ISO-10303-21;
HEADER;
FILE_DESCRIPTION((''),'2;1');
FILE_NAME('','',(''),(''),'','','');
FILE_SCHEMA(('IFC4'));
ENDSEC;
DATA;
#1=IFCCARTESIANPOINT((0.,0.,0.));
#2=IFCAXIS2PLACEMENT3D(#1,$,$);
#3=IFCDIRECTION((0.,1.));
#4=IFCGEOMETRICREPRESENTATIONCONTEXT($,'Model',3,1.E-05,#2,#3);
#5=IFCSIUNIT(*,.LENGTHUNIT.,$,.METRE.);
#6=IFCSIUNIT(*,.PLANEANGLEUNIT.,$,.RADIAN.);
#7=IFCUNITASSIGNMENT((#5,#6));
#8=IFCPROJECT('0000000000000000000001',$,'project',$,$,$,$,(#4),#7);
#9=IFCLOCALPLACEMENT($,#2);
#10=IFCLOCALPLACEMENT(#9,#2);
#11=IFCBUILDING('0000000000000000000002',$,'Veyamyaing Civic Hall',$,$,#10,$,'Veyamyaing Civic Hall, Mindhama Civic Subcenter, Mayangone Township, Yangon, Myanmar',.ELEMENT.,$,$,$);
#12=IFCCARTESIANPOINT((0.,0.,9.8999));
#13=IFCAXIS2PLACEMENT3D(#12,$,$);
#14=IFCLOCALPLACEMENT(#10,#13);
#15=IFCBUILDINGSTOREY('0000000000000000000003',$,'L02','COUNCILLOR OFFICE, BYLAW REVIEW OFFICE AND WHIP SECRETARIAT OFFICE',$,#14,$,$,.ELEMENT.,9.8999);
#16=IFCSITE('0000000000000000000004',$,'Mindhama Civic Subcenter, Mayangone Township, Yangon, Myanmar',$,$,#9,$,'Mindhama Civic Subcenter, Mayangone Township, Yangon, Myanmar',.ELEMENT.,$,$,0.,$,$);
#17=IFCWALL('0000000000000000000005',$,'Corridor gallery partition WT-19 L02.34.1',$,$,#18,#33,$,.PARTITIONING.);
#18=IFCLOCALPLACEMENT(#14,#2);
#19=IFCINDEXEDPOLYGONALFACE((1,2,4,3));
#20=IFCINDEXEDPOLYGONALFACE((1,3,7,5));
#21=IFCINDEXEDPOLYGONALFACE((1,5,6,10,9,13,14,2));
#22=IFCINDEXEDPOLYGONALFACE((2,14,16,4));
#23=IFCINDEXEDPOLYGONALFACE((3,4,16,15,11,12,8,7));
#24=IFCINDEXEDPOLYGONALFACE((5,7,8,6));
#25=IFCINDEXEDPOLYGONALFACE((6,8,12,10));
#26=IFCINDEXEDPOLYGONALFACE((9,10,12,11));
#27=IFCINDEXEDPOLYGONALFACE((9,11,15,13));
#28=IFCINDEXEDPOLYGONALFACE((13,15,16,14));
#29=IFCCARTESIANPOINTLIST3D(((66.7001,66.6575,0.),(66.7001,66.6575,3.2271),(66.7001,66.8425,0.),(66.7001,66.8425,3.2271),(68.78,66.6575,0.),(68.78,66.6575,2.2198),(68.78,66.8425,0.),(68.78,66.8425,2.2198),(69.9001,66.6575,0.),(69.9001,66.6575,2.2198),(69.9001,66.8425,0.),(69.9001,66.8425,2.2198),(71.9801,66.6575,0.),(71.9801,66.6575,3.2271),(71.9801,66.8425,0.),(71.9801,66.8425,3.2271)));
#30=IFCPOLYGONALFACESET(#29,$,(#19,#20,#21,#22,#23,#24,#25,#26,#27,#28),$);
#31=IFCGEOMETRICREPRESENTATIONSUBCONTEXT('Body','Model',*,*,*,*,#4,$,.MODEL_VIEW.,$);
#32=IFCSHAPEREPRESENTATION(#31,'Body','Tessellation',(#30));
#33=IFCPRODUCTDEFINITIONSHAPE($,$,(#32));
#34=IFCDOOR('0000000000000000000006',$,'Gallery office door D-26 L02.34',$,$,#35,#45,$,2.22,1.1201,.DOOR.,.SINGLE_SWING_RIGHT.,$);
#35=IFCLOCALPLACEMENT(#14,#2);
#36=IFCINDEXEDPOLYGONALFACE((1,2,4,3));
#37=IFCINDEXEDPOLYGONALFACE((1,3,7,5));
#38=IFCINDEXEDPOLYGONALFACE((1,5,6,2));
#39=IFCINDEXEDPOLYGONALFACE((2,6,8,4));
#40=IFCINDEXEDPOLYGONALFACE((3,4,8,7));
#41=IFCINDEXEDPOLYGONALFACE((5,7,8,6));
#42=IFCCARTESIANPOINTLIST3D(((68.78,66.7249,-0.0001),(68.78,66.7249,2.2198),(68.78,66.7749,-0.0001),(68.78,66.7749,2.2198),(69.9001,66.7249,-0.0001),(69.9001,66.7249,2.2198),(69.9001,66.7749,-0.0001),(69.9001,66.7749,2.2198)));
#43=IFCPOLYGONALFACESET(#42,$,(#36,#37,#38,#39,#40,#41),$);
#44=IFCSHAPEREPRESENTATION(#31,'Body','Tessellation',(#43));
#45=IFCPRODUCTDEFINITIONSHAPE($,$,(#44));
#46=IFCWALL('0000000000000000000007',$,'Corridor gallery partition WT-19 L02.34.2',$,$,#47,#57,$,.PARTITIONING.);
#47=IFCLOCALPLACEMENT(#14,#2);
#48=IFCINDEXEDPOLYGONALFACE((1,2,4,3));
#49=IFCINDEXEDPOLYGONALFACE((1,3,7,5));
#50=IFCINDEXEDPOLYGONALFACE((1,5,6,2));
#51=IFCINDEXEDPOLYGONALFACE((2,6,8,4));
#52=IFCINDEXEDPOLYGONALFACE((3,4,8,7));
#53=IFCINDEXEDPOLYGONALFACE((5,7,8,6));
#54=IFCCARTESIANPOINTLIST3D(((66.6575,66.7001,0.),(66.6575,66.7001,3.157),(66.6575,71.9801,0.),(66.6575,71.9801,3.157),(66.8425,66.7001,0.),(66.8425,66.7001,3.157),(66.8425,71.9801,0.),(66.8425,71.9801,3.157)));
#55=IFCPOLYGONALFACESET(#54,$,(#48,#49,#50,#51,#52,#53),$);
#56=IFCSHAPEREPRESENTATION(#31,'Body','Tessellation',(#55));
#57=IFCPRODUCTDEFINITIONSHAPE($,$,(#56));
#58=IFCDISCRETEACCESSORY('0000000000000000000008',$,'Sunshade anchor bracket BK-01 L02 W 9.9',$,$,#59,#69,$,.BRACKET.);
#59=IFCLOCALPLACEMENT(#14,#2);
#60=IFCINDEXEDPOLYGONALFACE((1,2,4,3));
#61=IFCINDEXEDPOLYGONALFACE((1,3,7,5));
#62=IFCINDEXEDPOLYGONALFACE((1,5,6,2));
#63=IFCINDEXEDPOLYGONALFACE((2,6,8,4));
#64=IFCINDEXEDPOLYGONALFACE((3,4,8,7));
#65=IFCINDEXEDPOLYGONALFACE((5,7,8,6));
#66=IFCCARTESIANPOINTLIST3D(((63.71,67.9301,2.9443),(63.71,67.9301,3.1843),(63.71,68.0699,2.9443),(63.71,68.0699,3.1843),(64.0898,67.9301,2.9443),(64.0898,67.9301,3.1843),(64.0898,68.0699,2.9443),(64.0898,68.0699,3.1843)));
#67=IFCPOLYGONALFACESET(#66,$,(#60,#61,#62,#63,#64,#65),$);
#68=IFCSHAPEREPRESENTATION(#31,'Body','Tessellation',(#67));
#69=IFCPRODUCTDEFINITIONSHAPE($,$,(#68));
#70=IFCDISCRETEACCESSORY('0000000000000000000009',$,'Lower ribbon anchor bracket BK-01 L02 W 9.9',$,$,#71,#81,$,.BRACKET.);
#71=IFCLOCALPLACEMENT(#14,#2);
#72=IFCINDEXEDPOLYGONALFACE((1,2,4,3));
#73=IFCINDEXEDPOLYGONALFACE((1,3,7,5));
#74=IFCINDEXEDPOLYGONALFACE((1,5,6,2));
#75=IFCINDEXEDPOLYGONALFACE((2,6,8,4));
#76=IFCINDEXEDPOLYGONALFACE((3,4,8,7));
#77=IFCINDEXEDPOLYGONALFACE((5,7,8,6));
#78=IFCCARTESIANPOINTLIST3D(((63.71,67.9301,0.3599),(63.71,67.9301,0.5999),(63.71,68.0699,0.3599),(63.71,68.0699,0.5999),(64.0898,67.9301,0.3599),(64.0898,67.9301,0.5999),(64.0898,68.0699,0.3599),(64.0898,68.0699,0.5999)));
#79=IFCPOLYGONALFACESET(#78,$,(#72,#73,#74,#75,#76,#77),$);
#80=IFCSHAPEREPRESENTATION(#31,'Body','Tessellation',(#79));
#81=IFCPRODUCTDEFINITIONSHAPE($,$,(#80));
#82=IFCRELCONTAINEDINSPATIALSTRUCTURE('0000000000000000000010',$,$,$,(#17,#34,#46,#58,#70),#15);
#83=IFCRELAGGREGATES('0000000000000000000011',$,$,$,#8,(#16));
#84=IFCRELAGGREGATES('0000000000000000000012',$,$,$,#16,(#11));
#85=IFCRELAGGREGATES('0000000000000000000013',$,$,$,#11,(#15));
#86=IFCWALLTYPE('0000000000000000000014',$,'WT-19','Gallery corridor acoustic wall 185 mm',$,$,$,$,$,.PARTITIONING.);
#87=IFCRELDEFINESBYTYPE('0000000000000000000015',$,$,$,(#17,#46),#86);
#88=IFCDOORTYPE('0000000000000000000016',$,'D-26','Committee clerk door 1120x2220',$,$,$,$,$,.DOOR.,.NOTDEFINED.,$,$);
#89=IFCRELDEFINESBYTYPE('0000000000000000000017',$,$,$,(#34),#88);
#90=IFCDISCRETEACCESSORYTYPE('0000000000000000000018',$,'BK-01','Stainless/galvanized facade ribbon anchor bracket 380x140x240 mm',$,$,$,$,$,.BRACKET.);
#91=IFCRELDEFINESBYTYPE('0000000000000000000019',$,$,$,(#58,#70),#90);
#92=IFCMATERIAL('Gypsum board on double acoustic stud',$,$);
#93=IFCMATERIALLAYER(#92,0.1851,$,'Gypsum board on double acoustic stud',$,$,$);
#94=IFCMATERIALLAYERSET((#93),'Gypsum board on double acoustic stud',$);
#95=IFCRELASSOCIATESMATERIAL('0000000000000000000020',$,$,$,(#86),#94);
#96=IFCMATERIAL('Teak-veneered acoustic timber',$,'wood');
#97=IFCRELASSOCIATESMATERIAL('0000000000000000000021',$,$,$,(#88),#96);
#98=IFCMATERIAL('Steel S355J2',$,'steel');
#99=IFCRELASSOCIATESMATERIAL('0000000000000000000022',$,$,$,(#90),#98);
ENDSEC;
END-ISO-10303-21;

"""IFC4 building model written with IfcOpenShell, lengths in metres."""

from ifc_helpers import new_model, si_unit, direction, frame, frame_2d, origin, origin_2d, place, context, subcontext, project, spatial, rectangle, extrude, material, layer, layer_set, type_object, element, fill, save


model = new_model("IFC4")

# Units and contexts
model_context = context("Model", 3, precision=1e-05, world=origin(), true_north=direction((0.0, 1.0)))
body_context = subcontext(model_context, "Body", "Model", "MODEL_VIEW")
ifc_project = project(units=[si_unit("LENGTHUNIT", "METRE"), si_unit("PLANEANGLEUNIT", "RADIAN")], contexts=[model_context])

# Site, building, storey
site_placement = place(None, origin())
site = spatial("IfcSite", under=ifc_project, at=site_placement, Name="Mindhama Civic Subcenter, Mayangone Township, Yangon, Myanmar", LongName="Mindhama Civic Subcenter, Mayangone Township, Yangon, Myanmar", CompositionType="ELEMENT", RefElevation=0.0)
building_placement = place(site_placement, origin())
building = spatial("IfcBuilding", under=site, at=building_placement, Name="Veyamyaing Civic Hall", LongName="Veyamyaing Civic Hall, Mindhama Civic Subcenter, Mayangone Township, Yangon, Myanmar", CompositionType="ELEMENT")
storey_placement = place(building_placement, frame((0.0, 0.0, 9.8999)))
storey = spatial("IfcBuildingStorey", under=building, at=storey_placement, Name="L02", Description="COUNCILLOR OFFICE, BYLAW REVIEW OFFICE AND WHIP SECRETARIAT OFFICE", CompositionType="ELEMENT", Elevation=9.8999)

# Shared definitions
ifc_material_1 = material(Name="Teak-veneered acoustic timber", Category="wood")

# Wall, opening, door
ifc_material_2 = material(Name="Gypsum board on double acoustic stud")
ifc_layer_1 = layer(ifc_material_2, 0.1851, Name="Gypsum board on double acoustic stud")
ifc_layer_set_1 = layer_set([ifc_layer_1], Name="Gypsum board on double acoustic stud")
wall_type_1 = type_object("IfcWallType", Name="WT-19", Description="Gallery corridor acoustic wall 185 mm", PredefinedType="PARTITIONING", material=ifc_layer_set_1)
wall_1_placement = place(storey_placement, frame((66.7, 66.75, 0.0), z_axis=(0.0, 0.0, 1.0), x_axis=(1.0, 0.0, 0.0)))
wall_1 = element("IfcWall", 1, at=wall_1_placement, inside=storey, type_object=wall_type_1, Name="Corridor gallery partition WT-19 L02.34.1", PredefinedType="PARTITIONING", context=body_context, shape_type="SweptSolid", body=[
    extrude(rectangle(XDim=5.28, YDim=0.1851, at=frame_2d((2.6401, 0.0))), origin(), (0.0, 0.0, 1.0), 3.2271),
])
opening_1_placement = place(wall_1_placement, frame((2.0801, 0.0, 0.0)))
opening_1 = element("IfcOpeningElement", 2, at=opening_1_placement, cuts=wall_1, PredefinedType="OPENING", context=body_context, shape_type="SweptSolid", body=[
    extrude(rectangle(XDim=1.1201, YDim=2.22, at=frame_2d((0.5601, 1.1099))), frame((0.0, 0.1025, 0.0), z_axis=(0.0, -1.0, 0.0), x_axis=(1.0, 0.0, 0.0)), (0.0, 0.0, 1.0), 0.2051),
])
door_type_1 = type_object("IfcDoorType", Name="D-26", Description="Committee clerk door 1120x2220", OperationType="NOTDEFINED", PredefinedType="DOOR", material=ifc_material_1)
door_1_placement = place(opening_1_placement, origin())
door_1 = element("IfcDoor", 3, at=door_1_placement, inside=storey, type_object=door_type_1, Name="Gallery office door D-26 L02.34", OperationType="SINGLE_SWING_RIGHT", OverallHeight=2.22, OverallWidth=1.1201, PredefinedType="DOOR", context=body_context, shape_type="SweptSolid", body=[
    extrude(rectangle(XDim=1.1201, YDim=2.22, at=frame_2d((0.5601, 1.1099))), frame((0.0, 0.0249, 0.0), z_axis=(0.0, -1.0, 0.0), x_axis=(1.0, 0.0, 0.0)), (0.0, 0.0, 1.0), 0.05),
])
fill(opening_1, door_1)

# Wall
wall_2_placement = place(storey_placement, frame((66.75, 66.7, 0.0), z_axis=(0.0, 0.0, 1.0), x_axis=(0.0, 1.0, 0.0)))
element("IfcWall", 4, at=wall_2_placement, inside=storey, type_object=wall_type_1, Name="Corridor gallery partition WT-19 L02.34.2", PredefinedType="PARTITIONING", context=body_context, shape_type="SweptSolid", body=[
    extrude(rectangle(XDim=5.28, YDim=0.1851, at=frame_2d((2.6401, 0.0))), origin(), (0.0, 0.0, 1.0), 3.157),
])

# Discrete accessories
ifc_material_3 = material(Name="Steel S355J2", Category="steel")
discrete_accessory_type = type_object("IfcDiscreteAccessoryType", Name="BK-01", Description="Stainless/galvanized facade ribbon anchor bracket 380x140x240 mm", PredefinedType="BRACKET", material=ifc_material_3)
for number, where, z_axis, x_axis, name in (
    (5, (63.8999, 68.0, 2.9443), (0.0, 0.0, 1.0), (-1.0, 0.0, 0.0), "Sunshade anchor bracket BK-01 L02 W 9.9"),
    (6, (63.8999, 68.0, 0.3599), (0.0, 0.0, 1.0), (-1.0, 0.0, 0.0), "Lower ribbon anchor bracket BK-01 L02 W 9.9"),
):
    element("IfcDiscreteAccessory", number, at=place(storey_placement, frame(where, z_axis=z_axis, x_axis=x_axis)), inside=storey, type_object=discrete_accessory_type, Name=name, PredefinedType="BRACKET", context=body_context, shape_type="SweptSolid", body=[
        extrude(rectangle(XDim=0.3799, YDim=0.1399, at=origin_2d()), origin(), (0.0, 0.0, 1.0), 0.24),
    ])

save(model, "model.ifc")
